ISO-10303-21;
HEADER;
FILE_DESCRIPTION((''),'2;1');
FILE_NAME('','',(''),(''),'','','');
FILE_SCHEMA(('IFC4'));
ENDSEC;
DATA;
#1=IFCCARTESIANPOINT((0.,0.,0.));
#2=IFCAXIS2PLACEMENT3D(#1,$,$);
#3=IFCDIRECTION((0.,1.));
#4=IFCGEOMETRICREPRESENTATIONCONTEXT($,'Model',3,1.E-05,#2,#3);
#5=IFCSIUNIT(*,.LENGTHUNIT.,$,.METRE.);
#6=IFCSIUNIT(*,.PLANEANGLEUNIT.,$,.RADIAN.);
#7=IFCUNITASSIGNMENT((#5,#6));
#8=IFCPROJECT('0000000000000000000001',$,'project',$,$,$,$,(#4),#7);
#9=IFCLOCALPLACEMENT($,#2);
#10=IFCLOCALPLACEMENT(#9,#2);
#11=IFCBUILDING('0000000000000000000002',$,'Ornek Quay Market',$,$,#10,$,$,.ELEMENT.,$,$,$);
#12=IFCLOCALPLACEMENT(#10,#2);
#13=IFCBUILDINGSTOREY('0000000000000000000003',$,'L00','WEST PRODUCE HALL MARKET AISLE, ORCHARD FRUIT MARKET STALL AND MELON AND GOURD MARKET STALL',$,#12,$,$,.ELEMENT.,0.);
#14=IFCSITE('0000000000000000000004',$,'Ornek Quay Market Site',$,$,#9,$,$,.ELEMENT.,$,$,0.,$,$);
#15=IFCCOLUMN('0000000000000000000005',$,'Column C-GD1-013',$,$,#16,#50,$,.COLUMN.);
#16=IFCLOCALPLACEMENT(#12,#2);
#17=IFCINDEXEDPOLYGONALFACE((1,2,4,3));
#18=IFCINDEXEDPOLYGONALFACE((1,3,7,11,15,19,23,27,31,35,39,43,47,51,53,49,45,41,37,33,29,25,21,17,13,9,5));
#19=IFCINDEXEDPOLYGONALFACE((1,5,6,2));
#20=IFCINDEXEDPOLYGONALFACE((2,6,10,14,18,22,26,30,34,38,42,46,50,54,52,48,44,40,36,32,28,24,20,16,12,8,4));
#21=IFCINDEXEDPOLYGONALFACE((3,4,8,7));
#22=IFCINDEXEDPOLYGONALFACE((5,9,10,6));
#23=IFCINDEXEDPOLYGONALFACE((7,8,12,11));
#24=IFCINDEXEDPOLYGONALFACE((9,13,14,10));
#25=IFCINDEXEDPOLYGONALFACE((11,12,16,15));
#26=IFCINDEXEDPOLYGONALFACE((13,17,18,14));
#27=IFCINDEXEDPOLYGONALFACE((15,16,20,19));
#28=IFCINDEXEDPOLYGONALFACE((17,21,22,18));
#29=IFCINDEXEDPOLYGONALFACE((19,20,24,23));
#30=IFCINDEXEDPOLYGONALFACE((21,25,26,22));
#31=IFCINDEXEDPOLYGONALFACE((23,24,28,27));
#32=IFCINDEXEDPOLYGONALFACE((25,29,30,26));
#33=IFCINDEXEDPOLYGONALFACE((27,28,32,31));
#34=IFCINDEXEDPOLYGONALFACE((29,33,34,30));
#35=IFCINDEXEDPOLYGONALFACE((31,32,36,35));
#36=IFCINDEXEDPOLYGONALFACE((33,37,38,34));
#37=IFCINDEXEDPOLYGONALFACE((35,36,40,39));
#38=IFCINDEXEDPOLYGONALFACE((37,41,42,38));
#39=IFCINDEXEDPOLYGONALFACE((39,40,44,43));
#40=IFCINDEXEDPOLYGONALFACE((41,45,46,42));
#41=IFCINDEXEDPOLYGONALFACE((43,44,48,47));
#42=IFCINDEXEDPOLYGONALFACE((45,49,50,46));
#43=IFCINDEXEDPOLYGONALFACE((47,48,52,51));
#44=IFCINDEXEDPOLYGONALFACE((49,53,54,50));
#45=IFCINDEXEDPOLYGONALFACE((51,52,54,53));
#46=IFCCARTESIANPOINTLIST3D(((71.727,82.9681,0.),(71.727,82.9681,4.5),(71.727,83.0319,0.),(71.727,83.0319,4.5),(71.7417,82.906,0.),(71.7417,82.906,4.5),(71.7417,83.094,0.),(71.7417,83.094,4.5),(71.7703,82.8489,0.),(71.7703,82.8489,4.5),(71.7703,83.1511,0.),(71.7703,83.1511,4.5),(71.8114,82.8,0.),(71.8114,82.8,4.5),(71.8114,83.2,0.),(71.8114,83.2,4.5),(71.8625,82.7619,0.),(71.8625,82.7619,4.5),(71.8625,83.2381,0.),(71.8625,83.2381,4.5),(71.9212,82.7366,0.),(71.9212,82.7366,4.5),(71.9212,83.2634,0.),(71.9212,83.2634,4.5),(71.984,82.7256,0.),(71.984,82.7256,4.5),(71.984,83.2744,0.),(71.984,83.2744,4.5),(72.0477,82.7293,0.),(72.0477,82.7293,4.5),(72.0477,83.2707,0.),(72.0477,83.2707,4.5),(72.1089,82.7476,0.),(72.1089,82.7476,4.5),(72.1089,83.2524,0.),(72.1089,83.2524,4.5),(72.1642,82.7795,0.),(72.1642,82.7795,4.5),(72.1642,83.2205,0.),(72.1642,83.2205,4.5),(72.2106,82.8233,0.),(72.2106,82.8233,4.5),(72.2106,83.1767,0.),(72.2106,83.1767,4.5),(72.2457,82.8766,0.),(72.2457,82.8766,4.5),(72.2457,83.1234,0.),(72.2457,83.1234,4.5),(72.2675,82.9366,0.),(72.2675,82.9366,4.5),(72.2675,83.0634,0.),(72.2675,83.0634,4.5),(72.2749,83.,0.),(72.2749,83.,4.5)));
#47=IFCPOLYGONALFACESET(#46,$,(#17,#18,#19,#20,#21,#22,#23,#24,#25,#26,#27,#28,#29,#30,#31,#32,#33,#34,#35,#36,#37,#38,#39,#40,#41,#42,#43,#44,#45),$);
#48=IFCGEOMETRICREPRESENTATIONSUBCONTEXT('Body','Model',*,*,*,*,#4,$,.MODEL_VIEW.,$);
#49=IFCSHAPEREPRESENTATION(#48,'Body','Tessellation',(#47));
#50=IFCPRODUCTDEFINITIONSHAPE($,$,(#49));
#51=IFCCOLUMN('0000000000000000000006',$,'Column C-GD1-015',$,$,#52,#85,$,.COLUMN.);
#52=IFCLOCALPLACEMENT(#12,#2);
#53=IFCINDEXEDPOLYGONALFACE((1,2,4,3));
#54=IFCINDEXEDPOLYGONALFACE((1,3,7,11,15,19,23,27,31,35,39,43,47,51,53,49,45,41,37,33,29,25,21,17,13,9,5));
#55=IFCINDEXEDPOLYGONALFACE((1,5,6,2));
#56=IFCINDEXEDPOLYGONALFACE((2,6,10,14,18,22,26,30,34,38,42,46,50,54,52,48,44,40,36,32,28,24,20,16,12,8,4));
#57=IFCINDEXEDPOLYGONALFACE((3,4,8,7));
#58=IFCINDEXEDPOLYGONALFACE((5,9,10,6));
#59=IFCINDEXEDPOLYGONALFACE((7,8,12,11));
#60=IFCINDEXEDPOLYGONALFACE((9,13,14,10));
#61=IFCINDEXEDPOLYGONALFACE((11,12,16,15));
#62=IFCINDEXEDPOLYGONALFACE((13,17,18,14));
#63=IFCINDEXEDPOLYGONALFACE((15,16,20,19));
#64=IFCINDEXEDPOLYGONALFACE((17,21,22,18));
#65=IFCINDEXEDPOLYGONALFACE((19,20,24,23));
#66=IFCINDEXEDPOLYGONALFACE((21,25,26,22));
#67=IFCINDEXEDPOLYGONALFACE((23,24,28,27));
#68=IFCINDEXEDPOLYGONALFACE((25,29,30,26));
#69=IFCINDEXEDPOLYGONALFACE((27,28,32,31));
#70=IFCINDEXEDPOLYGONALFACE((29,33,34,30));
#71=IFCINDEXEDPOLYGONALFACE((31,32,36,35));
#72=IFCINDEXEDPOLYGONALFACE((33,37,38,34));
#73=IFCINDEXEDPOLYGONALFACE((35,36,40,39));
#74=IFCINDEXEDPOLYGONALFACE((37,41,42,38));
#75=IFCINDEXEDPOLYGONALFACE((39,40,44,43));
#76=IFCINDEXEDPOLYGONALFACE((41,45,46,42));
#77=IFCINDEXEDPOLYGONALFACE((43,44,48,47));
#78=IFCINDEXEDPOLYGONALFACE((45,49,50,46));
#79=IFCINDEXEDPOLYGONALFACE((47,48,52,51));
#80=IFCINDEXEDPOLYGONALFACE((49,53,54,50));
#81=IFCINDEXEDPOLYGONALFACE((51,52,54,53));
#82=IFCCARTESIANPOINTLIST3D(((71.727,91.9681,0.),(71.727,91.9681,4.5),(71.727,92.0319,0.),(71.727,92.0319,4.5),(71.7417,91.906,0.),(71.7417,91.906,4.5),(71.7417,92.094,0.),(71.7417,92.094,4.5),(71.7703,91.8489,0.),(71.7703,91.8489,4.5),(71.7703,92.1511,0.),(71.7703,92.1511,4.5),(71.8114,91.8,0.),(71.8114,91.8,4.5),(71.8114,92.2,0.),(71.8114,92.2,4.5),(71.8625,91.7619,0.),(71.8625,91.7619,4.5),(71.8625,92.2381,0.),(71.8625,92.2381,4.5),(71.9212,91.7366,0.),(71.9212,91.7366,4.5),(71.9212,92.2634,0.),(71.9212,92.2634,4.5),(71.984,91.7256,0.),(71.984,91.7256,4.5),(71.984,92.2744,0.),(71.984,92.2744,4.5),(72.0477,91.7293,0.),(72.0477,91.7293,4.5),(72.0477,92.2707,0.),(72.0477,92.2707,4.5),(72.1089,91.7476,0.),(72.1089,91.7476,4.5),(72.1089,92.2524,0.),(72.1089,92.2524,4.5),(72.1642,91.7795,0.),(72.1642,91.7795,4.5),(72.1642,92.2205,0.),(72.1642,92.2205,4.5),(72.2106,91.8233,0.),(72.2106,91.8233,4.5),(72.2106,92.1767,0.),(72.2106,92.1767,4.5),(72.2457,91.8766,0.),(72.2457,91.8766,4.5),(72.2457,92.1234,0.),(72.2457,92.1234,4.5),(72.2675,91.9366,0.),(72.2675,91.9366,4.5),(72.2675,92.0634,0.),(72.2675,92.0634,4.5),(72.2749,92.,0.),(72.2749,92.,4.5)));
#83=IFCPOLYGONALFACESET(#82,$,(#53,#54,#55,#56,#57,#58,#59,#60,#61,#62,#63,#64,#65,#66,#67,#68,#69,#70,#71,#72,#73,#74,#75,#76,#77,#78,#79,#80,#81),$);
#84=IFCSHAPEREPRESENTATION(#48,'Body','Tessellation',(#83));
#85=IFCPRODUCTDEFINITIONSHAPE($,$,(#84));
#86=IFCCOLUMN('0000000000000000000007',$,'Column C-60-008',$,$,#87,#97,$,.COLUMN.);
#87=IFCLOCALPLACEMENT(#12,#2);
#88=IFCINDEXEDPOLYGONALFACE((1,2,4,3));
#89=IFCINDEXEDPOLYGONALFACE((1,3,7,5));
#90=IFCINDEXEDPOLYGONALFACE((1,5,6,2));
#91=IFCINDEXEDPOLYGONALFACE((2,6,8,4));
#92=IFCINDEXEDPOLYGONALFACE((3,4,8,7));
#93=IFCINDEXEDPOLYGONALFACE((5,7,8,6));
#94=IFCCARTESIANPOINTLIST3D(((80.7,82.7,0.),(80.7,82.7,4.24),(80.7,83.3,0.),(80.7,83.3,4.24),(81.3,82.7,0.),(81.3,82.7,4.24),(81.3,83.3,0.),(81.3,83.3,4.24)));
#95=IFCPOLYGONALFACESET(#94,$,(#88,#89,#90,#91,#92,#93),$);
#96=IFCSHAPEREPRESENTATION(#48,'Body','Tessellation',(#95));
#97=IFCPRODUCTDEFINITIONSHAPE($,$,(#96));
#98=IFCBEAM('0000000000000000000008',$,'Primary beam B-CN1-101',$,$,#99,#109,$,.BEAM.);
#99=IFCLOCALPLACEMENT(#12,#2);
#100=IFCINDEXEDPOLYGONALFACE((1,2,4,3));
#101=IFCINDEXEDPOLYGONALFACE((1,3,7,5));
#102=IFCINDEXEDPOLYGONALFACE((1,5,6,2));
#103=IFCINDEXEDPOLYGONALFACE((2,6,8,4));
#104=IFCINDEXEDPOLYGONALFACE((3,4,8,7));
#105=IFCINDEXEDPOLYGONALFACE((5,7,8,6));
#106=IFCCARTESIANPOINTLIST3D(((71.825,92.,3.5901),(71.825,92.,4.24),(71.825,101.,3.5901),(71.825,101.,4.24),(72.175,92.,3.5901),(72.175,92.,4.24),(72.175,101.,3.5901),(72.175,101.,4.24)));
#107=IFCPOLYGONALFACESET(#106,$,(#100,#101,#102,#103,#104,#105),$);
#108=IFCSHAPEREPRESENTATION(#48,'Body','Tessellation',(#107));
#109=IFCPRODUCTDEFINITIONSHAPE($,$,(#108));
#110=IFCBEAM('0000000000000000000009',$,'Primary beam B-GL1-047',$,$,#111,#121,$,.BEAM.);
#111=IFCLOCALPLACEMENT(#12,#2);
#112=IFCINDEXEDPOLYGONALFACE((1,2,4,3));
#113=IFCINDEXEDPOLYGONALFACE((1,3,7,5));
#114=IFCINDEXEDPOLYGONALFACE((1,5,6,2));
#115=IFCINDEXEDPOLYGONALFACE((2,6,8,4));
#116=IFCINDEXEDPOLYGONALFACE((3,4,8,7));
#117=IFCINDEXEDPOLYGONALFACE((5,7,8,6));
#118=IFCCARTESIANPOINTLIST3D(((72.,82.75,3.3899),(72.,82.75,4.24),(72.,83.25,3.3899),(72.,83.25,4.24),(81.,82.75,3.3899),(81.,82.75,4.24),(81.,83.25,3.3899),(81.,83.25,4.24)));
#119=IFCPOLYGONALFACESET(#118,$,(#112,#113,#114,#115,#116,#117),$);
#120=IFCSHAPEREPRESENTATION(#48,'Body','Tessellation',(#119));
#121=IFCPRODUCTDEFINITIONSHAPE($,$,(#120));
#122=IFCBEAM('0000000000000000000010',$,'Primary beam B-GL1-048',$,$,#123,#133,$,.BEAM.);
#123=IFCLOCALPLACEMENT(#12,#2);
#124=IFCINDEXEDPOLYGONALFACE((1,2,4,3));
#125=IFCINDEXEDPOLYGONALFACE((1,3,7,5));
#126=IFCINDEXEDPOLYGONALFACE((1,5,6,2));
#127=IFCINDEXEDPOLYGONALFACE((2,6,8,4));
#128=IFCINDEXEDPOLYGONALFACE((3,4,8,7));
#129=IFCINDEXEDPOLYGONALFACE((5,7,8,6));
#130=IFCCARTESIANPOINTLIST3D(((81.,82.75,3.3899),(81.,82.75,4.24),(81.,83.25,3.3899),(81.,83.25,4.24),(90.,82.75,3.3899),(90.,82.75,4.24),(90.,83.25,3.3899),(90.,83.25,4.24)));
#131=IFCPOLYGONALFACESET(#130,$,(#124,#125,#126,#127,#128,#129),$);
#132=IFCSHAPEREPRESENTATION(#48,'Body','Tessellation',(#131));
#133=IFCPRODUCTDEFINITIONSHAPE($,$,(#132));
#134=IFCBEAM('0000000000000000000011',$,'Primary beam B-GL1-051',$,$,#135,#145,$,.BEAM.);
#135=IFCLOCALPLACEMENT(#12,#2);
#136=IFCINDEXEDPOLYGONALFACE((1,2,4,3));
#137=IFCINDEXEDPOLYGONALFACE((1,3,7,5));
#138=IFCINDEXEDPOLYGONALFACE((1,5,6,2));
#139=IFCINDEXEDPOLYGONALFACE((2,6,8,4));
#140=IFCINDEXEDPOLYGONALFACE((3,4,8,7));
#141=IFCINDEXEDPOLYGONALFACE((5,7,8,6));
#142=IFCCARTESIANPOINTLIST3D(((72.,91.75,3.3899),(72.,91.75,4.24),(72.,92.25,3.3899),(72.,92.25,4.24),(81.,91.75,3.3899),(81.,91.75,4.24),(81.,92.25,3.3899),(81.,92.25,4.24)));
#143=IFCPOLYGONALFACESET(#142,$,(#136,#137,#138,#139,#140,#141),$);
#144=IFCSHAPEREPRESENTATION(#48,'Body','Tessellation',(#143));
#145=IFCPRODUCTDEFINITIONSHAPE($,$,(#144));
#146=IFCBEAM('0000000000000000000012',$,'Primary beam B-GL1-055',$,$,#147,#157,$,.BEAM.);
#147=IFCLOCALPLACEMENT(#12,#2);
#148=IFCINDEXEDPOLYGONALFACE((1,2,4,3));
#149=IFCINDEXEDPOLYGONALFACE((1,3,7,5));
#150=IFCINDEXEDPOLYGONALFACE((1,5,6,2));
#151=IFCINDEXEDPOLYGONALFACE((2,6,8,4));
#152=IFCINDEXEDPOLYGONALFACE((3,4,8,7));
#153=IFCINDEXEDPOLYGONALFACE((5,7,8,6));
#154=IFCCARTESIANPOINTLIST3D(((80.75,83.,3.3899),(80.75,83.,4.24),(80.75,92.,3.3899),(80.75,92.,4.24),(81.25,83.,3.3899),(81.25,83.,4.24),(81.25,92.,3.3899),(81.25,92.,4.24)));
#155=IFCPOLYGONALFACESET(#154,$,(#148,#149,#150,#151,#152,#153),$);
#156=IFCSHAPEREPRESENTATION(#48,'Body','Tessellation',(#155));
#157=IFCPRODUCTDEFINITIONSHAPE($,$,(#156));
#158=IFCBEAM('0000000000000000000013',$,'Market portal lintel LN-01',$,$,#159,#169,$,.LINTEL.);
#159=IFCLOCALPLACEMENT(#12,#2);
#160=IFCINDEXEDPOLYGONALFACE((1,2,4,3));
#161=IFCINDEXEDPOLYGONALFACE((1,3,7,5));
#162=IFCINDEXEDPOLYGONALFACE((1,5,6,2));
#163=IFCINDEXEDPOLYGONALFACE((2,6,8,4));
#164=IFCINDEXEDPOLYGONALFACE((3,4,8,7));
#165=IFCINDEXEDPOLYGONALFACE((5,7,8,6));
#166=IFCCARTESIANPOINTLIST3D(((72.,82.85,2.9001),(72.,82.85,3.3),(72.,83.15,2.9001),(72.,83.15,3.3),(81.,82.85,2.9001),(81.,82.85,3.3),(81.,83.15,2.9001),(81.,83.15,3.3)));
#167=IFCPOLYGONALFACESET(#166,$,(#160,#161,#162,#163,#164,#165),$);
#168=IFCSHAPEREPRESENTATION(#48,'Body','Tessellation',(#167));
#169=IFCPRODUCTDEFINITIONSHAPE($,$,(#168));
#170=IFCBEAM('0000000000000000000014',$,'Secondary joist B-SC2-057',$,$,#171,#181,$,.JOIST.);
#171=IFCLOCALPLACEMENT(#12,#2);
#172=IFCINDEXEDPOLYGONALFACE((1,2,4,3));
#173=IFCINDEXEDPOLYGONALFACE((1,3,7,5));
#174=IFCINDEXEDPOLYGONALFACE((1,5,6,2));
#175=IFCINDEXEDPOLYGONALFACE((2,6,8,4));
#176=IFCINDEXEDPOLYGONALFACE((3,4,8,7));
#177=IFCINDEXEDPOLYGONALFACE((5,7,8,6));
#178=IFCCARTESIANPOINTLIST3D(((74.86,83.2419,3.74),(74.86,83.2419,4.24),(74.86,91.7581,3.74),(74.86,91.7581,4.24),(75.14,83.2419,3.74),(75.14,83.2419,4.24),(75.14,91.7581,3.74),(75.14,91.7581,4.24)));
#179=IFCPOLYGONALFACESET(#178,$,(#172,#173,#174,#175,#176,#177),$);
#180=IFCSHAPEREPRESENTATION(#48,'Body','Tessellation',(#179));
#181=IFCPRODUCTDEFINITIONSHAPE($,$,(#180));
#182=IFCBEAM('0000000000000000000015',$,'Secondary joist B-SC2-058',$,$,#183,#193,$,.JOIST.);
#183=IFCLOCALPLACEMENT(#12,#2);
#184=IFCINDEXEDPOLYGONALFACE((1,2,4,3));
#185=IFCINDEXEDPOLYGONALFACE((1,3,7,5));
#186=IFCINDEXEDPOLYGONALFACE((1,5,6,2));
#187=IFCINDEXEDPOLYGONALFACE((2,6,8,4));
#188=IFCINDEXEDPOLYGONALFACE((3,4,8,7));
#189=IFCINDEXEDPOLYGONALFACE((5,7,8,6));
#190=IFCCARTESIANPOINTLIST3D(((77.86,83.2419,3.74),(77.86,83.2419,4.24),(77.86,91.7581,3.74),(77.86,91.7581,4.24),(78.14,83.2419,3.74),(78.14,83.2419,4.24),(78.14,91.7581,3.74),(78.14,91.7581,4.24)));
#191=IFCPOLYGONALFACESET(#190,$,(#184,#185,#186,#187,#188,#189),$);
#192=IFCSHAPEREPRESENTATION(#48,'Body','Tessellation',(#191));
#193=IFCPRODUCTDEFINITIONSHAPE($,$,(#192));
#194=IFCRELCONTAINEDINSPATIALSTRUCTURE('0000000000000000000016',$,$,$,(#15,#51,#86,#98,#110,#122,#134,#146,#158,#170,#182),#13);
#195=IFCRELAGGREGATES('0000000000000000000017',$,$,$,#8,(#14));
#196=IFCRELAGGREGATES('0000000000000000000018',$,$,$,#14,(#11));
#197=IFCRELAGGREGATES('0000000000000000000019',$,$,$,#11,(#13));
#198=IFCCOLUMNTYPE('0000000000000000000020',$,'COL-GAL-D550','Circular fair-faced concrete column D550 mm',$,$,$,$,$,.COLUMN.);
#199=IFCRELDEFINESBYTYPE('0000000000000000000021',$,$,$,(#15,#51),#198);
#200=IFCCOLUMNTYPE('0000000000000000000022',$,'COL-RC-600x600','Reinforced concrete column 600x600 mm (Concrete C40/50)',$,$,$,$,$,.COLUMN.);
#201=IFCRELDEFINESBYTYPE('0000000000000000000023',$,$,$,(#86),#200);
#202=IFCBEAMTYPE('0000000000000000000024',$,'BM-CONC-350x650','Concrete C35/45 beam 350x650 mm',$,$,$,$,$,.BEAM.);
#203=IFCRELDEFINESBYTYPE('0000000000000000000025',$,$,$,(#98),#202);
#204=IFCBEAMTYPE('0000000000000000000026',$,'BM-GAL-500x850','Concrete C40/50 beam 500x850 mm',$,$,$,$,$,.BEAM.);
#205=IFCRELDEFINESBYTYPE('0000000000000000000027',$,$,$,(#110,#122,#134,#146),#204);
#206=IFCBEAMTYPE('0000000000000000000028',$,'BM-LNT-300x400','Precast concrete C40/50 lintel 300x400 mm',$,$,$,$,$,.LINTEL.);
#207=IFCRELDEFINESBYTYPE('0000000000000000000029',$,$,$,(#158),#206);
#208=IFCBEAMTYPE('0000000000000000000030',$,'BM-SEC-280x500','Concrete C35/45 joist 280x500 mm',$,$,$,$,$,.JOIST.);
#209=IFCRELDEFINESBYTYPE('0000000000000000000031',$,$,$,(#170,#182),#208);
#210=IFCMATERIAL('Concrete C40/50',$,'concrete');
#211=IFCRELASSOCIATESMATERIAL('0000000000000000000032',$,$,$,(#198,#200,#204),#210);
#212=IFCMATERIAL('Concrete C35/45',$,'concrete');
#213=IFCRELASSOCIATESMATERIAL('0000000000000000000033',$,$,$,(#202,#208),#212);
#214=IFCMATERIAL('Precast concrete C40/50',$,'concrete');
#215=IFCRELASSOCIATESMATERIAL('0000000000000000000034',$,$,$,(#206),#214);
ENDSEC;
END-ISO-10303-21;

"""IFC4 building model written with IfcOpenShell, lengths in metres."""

from ifc_helpers import new_model, si_unit, direction, frame, origin, origin_2d, place, context, subcontext, project, spatial, rectangle, circle, extrude, material, material_profile, profile_set, type_object, element, save


model = new_model("IFC4")

# Units and contexts
model_context = context("Model", 3, precision=1e-05, world=origin(), true_north=direction((0.0, 1.0)))
body_context = subcontext(model_context, "Body", "Model", "MODEL_VIEW")
ifc_project = project(units=[si_unit("LENGTHUNIT", "METRE"), si_unit("PLANEANGLEUNIT", "RADIAN")], contexts=[model_context])

# Site, building, storey
site_placement = place(None, origin())
site = spatial("IfcSite", under=ifc_project, at=site_placement, Name="Ornek Quay Market Site", CompositionType="ELEMENT", RefElevation=0.0)
building_placement = place(site_placement, origin())
building = spatial("IfcBuilding", under=site, at=building_placement, Name="Ornek Quay Market", CompositionType="ELEMENT")
storey_placement = place(building_placement, origin())
storey = spatial("IfcBuildingStorey", under=building, at=storey_placement, Name="L00", Description="WEST PRODUCE HALL MARKET AISLE, ORCHARD FRUIT MARKET STALL AND MELON AND GOURD MARKET STALL", CompositionType="ELEMENT", Elevation=0.0)

# Columns
ifc_material_1 = material(Name="Concrete C40/50", Category="concrete")
ifc_material_profile_1 = material_profile(ifc_material_1, circle(Radius=0.2749, at=origin_2d()), Name="RC D550", Category="concrete")
ifc_profile_set_1 = profile_set([ifc_material_profile_1], Name="Concrete C40/50")
column_type_1 = type_object("IfcColumnType", Name="COL-GAL-D550", Description="Circular fair-faced concrete column D550 mm", PredefinedType="COLUMN", material=ifc_profile_set_1)
for number, where, z_axis, x_axis, name in (
    (1, (72.0, 83.0, 0.0), (0.0, 0.0, 1.0), (1.0, 0.0, 0.0), "Column C-GD1-013"),
    (2, (72.0, 92.0, 0.0), (0.0, 0.0, 1.0), (1.0, 0.0, 0.0), "Column C-GD1-015"),
):
    element("IfcColumn", number, at=place(storey_placement, frame(where, z_axis=z_axis, x_axis=x_axis)), inside=storey, type_object=column_type_1, Name=name, PredefinedType="COLUMN", context=body_context, shape_type="SweptSolid", body=[
        extrude(circle(Radius=0.2749, at=origin_2d()), origin(), (0.0, 0.0, 1.0), 4.5),
    ])
ifc_material_profile_2 = material_profile(ifc_material_1, rectangle(XDim=0.6001, YDim=0.6001, at=origin_2d()), Name="RC 600x600", Category="concrete")
ifc_profile_set_2 = profile_set([ifc_material_profile_2], Name="Concrete C40/50")
column_type_2 = type_object("IfcColumnType", Name="COL-RC-600x600", Description="Reinforced concrete column 600x600 mm (Concrete C40/50)", PredefinedType="COLUMN", material=ifc_profile_set_2)
column_placement = place(storey_placement, frame((81.0, 83.0, 0.0), z_axis=(0.0, 0.0, 1.0), x_axis=(1.0, 0.0, 0.0)))
element("IfcColumn", 3, at=column_placement, inside=storey, type_object=column_type_2, Name="Column C-60-008", PredefinedType="COLUMN", context=body_context, shape_type="SweptSolid", body=[
    extrude(rectangle(XDim=0.6001, YDim=0.6001, at=origin_2d()), origin(), (0.0, 0.0, 1.0), 4.24),
])

# Beams
ifc_material_2 = material(Name="Concrete C35/45", Category="concrete")
ifc_material_profile_3 = material_profile(ifc_material_2, rectangle(XDim=0.3501, YDim=0.6499, at=origin_2d()), Name="RC 350x650", Category="concrete")
ifc_profile_set_3 = profile_set([ifc_material_profile_3], Name="Concrete C35/45")
beam_type_1 = type_object("IfcBeamType", Name="BM-CONC-350x650", Description="Concrete C35/45 beam 350x650 mm", PredefinedType="BEAM", material=ifc_profile_set_3)
beam_1_placement = place(storey_placement, frame((72.0, 92.0, 3.915), z_axis=(0.0, 1.0, 0.0), x_axis=(-1.0, 0.0, 0.0)))
element("IfcBeam", 4, at=beam_1_placement, inside=storey, type_object=beam_type_1, Name="Primary beam B-CN1-101", PredefinedType="BEAM", context=body_context, shape_type="SweptSolid", body=[
    extrude(rectangle(XDim=0.3501, YDim=0.6499, at=origin_2d()), origin(), (0.0, 0.0, 1.0), 9.0),
])
ifc_material_profile_4 = material_profile(ifc_material_1, rectangle(XDim=0.5, YDim=0.8501, at=origin_2d()), Name="RC 500x850", Category="concrete")
ifc_profile_set_4 = profile_set([ifc_material_profile_4], Name="Concrete C40/50")
beam_type_2 = type_object("IfcBeamType", Name="BM-GAL-500x850", Description="Concrete C40/50 beam 500x850 mm", PredefinedType="BEAM", material=ifc_profile_set_4)
for number, where, z_axis, x_axis, name in (
    (5, (72.0, 83.0, 3.8149), (1.0, 0.0, 0.0), (0.0, 1.0, 0.0), "Primary beam B-GL1-047"),
    (6, (81.0, 83.0, 3.8149), (1.0, 0.0, 0.0), (0.0, 1.0, 0.0), "Primary beam B-GL1-048"),
    (7, (72.0, 92.0, 3.8149), (1.0, 0.0, 0.0), (0.0, 1.0, 0.0), "Primary beam B-GL1-051"),
    (8, (81.0, 83.0, 3.8149), (0.0, 1.0, 0.0), (-1.0, 0.0, 0.0), "Primary beam B-GL1-055"),
):
    element("IfcBeam", number, at=place(storey_placement, frame(where, z_axis=z_axis, x_axis=x_axis)), inside=storey, type_object=beam_type_2, Name=name, PredefinedType="BEAM", context=body_context, shape_type="SweptSolid", body=[
        extrude(rectangle(XDim=0.5, YDim=0.8501, at=origin_2d()), origin(), (0.0, 0.0, 1.0), 9.0),
    ])
ifc_material_3 = material(Name="Precast concrete C40/50", Category="concrete")
ifc_material_profile_5 = material_profile(ifc_material_3, rectangle(XDim=0.3, YDim=0.3999, at=origin_2d()), Name="RC 300x400", Category="concrete")
ifc_profile_set_5 = profile_set([ifc_material_profile_5], Name="Precast concrete C40/50")
beam_type_3 = type_object("IfcBeamType", Name="BM-LNT-300x400", Description="Precast concrete C40/50 lintel 300x400 mm", PredefinedType="LINTEL", material=ifc_profile_set_5)
beam_2_placement = place(storey_placement, frame((72.0, 83.0, 3.1001), z_axis=(1.0, 0.0, 0.0), x_axis=(0.0, 1.0, 0.0)))
element("IfcBeam", 9, at=beam_2_placement, inside=storey, type_object=beam_type_3, Name="Market portal lintel LN-01", PredefinedType="LINTEL", context=body_context, shape_type="SweptSolid", body=[
    extrude(rectangle(XDim=0.3, YDim=0.3999, at=origin_2d()), origin(), (0.0, 0.0, 1.0), 9.0),
])
ifc_material_profile_6 = material_profile(ifc_material_2, rectangle(XDim=0.28, YDim=0.5, at=origin_2d()), Name="RC 280x500", Category="concrete")
ifc_profile_set_6 = profile_set([ifc_material_profile_6], Name="Concrete C35/45")
beam_type_4 = type_object("IfcBeamType", Name="BM-SEC-280x500", Description="Concrete C35/45 joist 280x500 mm", PredefinedType="JOIST", material=ifc_profile_set_6)
for number, where, z_axis, x_axis, name in (
    (10, (75.0, 83.2419, 3.99), (0.0, 1.0, 0.0), (-1.0, 0.0, 0.0), "Secondary joist B-SC2-057"),
    (11, (78.0, 83.2419, 3.99), (0.0, 1.0, 0.0), (-1.0, 0.0, 0.0), "Secondary joist B-SC2-058"),
):
    element("IfcBeam", number, at=place(storey_placement, frame(where, z_axis=z_axis, x_axis=x_axis)), inside=storey, type_object=beam_type_4, Name=name, PredefinedType="JOIST", context=body_context, shape_type="SweptSolid", body=[
        extrude(rectangle(XDim=0.28, YDim=0.5, at=origin_2d()), origin(), (0.0, 0.0, 1.0), 8.5161),
    ])

save(model, "model.ifc")
